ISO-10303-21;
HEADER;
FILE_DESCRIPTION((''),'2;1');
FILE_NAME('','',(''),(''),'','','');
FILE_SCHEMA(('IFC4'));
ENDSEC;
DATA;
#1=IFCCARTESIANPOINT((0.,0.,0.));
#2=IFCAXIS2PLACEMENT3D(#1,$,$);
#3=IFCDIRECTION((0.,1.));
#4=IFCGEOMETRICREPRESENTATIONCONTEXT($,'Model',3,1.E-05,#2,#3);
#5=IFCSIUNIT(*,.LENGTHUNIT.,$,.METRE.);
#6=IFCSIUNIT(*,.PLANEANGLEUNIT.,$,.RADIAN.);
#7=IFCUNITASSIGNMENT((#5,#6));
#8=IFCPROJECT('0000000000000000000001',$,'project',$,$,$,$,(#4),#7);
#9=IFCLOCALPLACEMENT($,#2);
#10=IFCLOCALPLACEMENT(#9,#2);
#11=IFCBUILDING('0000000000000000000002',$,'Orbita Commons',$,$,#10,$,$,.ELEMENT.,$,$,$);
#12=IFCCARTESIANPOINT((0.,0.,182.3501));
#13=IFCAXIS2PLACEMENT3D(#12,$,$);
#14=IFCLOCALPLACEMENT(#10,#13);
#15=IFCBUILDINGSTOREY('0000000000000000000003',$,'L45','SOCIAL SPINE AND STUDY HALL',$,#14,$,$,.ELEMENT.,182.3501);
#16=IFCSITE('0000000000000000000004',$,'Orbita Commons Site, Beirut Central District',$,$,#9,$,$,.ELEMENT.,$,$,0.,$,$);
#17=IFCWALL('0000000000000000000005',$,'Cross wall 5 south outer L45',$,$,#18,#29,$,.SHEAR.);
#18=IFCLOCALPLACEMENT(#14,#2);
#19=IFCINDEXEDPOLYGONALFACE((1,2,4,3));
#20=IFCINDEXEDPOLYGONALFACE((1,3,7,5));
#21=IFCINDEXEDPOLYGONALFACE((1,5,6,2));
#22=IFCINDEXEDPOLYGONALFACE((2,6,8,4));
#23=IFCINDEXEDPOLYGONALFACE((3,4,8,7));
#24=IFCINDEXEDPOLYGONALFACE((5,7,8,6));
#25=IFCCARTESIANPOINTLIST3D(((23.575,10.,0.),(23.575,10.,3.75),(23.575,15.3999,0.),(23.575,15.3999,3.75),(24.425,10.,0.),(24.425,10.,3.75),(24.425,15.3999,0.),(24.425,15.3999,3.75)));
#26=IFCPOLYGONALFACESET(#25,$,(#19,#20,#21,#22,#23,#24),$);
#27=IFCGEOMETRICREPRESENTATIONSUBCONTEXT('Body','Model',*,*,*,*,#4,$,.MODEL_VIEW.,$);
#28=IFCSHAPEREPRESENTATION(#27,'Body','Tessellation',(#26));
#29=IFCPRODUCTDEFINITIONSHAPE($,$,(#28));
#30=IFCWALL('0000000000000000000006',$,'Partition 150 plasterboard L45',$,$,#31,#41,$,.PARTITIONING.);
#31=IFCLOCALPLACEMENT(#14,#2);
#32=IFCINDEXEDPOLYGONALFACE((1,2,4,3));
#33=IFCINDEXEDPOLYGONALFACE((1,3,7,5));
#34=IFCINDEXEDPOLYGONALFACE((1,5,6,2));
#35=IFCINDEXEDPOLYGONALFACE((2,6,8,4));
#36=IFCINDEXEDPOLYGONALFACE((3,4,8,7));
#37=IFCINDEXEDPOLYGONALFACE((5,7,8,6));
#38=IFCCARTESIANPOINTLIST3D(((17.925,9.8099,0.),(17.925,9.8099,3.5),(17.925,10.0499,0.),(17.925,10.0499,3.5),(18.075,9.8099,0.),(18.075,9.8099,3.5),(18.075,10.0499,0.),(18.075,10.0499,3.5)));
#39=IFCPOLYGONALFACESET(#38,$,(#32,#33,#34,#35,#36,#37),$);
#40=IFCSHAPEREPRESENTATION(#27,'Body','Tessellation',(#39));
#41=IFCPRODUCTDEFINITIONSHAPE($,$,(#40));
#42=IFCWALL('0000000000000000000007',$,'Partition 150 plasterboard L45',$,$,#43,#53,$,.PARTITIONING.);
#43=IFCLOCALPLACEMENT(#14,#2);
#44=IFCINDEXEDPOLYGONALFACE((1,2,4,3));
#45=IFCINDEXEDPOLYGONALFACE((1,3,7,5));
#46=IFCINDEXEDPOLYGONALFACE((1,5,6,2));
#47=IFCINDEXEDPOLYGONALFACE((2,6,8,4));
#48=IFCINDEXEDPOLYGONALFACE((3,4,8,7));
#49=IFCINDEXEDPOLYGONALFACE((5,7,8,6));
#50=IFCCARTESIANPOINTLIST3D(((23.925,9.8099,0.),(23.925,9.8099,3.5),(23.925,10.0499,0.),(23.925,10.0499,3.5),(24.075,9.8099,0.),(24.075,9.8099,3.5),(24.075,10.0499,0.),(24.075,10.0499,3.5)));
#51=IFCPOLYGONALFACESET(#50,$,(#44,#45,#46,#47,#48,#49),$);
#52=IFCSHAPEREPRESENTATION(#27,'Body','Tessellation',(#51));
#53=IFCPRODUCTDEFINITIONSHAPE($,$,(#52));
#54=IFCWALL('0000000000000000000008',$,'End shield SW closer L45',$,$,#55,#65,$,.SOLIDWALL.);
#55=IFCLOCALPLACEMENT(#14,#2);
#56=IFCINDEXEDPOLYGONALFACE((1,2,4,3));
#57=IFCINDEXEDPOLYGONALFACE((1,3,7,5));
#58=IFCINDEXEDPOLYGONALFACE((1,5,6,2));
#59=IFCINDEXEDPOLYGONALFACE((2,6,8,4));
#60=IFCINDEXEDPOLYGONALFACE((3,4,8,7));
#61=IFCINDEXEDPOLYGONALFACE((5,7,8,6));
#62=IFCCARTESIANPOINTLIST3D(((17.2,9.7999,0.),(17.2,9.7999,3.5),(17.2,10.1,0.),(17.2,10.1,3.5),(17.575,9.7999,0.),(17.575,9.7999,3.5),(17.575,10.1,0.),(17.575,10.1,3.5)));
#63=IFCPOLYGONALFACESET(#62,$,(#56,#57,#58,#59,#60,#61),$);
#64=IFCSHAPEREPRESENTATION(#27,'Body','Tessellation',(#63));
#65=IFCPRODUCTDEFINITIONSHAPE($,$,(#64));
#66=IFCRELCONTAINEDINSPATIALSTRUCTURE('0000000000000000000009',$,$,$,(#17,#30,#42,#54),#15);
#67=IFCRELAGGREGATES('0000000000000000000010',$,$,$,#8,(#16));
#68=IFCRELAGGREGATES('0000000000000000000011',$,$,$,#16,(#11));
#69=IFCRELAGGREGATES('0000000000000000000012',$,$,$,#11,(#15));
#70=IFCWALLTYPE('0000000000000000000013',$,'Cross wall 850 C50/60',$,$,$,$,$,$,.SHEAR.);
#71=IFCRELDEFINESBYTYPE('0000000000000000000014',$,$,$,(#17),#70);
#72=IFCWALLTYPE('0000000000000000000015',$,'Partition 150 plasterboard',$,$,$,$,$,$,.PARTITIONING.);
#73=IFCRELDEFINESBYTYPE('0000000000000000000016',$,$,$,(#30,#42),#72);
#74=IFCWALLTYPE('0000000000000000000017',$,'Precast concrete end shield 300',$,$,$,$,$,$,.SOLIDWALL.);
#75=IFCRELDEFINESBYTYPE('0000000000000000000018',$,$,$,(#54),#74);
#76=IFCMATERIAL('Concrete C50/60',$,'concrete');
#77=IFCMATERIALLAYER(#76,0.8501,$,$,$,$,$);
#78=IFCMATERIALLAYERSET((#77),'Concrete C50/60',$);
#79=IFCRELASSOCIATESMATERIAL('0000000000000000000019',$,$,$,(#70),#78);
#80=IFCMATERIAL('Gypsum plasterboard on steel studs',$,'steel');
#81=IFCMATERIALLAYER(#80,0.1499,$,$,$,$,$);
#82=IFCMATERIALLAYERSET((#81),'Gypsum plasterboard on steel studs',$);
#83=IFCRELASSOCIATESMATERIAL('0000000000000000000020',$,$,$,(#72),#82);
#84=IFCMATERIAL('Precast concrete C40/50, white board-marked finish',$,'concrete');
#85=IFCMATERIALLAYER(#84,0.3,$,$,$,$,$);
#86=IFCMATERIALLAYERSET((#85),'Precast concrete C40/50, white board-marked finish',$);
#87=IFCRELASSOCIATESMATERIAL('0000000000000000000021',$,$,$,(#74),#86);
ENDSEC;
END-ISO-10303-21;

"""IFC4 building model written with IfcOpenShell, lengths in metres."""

from ifc_helpers import new_model, si_unit, direction, frame, frame_2d, origin, place, context, subcontext, project, spatial, rectangle, extrude, material, layer, layer_set, type_object, element, save


model = new_model("IFC4")

# Units and contexts
model_context = context("Model", 3, precision=1e-05, world=origin(), true_north=direction((0.0, 1.0)))
body_context = subcontext(model_context, "Body", "Model", "MODEL_VIEW")
ifc_project = project(units=[si_unit("LENGTHUNIT", "METRE"), si_unit("PLANEANGLEUNIT", "RADIAN")], contexts=[model_context])

# Site, building, storey
site_placement = place(None, origin())
site = spatial("IfcSite", under=ifc_project, at=site_placement, Name="Orbita Commons Site, Beirut Central District", CompositionType="ELEMENT", RefElevation=0.0)
building_placement = place(site_placement, origin())
building = spatial("IfcBuilding", under=site, at=building_placement, Name="Orbita Commons", CompositionType="ELEMENT")
storey_placement = place(building_placement, frame((0.0, 0.0, 182.3501)))
storey = spatial("IfcBuildingStorey", under=building, at=storey_placement, Name="L45", Description="SOCIAL SPINE AND STUDY HALL", CompositionType="ELEMENT", Elevation=182.3501)

# Walls
ifc_material_1 = material(Name="Concrete C50/60", Category="concrete")
ifc_layer_1 = layer(ifc_material_1, 0.8501)
ifc_layer_set_1 = layer_set([ifc_layer_1], Name="Concrete C50/60")
wall_type_1 = type_object("IfcWallType", Name="Cross wall 850 C50/60", PredefinedType="SHEAR", material=ifc_layer_set_1)
for number, where, z_axis, x_axis, name in (
    (1, (24.0, 10.0, 0.0), (0.0, 0.0, 1.0), (0.0, 1.0, 0.0), "Cross wall 5 south outer L45"),
):
    element("IfcWall", number, at=place(storey_placement, frame(where, z_axis=z_axis, x_axis=x_axis)), inside=storey, type_object=wall_type_1, Name=name, PredefinedType="SHEAR", context=body_context, shape_type="SweptSolid", body=[
        extrude(rectangle(XDim=5.3999, YDim=0.8501, at=frame_2d((2.7, 0.0))), origin(), (0.0, 0.0, 1.0), 3.75),
    ])
ifc_material_2 = material(Name="Gypsum plasterboard on steel studs", Category="steel")
ifc_layer_2 = layer(ifc_material_2, 0.1499)
ifc_layer_set_2 = layer_set([ifc_layer_2], Name="Gypsum plasterboard on steel studs")
wall_type_2 = type_object("IfcWallType", Name="Partition 150 plasterboard", PredefinedType="PARTITIONING", material=ifc_layer_set_2)
for number, where, z_axis, x_axis, name in (
    (2, (18.0, 10.05, 0.0), (0.0, 0.0, 1.0), (0.0, -1.0, 0.0), "Partition 150 plasterboard L45"),
    (3, (24.0, 10.05, 0.0), (0.0, 0.0, 1.0), (0.0, -1.0, 0.0), "Partition 150 plasterboard L45"),
):
    element("IfcWall", number, at=place(storey_placement, frame(where, z_axis=z_axis, x_axis=x_axis)), inside=storey, type_object=wall_type_2, Name=name, PredefinedType="PARTITIONING", context=body_context, shape_type="SweptSolid", body=[
        extrude(rectangle(XDim=0.24, YDim=0.1499, at=frame_2d((0.1201, 0.0))), origin(), (0.0, 0.0, 1.0), 3.5),
    ])
ifc_material_3 = material(Name="Precast concrete C40/50, white board-marked finish", Category="concrete")
ifc_layer_3 = layer(ifc_material_3, 0.3)
ifc_layer_set_3 = layer_set([ifc_layer_3], Name="Precast concrete C40/50, white board-marked finish")
wall_type_3 = type_object("IfcWallType", Name="Precast concrete end shield 300", PredefinedType="SOLIDWALL", material=ifc_layer_set_3)
wall_placement = place(storey_placement, frame((17.2, 9.95, 0.0), z_axis=(0.0, 0.0, 1.0), x_axis=(1.0, 0.0, 0.0)))
element("IfcWall", 4, at=wall_placement, inside=storey, type_object=wall_type_3, Name="End shield SW closer L45", PredefinedType="SOLIDWALL", context=body_context, shape_type="SweptSolid", body=[
    extrude(rectangle(XDim=0.375, YDim=0.3, at=frame_2d((0.1875, 0.0))), origin(), (0.0, 0.0, 1.0), 3.5),
])

save(model, "model.ifc")
